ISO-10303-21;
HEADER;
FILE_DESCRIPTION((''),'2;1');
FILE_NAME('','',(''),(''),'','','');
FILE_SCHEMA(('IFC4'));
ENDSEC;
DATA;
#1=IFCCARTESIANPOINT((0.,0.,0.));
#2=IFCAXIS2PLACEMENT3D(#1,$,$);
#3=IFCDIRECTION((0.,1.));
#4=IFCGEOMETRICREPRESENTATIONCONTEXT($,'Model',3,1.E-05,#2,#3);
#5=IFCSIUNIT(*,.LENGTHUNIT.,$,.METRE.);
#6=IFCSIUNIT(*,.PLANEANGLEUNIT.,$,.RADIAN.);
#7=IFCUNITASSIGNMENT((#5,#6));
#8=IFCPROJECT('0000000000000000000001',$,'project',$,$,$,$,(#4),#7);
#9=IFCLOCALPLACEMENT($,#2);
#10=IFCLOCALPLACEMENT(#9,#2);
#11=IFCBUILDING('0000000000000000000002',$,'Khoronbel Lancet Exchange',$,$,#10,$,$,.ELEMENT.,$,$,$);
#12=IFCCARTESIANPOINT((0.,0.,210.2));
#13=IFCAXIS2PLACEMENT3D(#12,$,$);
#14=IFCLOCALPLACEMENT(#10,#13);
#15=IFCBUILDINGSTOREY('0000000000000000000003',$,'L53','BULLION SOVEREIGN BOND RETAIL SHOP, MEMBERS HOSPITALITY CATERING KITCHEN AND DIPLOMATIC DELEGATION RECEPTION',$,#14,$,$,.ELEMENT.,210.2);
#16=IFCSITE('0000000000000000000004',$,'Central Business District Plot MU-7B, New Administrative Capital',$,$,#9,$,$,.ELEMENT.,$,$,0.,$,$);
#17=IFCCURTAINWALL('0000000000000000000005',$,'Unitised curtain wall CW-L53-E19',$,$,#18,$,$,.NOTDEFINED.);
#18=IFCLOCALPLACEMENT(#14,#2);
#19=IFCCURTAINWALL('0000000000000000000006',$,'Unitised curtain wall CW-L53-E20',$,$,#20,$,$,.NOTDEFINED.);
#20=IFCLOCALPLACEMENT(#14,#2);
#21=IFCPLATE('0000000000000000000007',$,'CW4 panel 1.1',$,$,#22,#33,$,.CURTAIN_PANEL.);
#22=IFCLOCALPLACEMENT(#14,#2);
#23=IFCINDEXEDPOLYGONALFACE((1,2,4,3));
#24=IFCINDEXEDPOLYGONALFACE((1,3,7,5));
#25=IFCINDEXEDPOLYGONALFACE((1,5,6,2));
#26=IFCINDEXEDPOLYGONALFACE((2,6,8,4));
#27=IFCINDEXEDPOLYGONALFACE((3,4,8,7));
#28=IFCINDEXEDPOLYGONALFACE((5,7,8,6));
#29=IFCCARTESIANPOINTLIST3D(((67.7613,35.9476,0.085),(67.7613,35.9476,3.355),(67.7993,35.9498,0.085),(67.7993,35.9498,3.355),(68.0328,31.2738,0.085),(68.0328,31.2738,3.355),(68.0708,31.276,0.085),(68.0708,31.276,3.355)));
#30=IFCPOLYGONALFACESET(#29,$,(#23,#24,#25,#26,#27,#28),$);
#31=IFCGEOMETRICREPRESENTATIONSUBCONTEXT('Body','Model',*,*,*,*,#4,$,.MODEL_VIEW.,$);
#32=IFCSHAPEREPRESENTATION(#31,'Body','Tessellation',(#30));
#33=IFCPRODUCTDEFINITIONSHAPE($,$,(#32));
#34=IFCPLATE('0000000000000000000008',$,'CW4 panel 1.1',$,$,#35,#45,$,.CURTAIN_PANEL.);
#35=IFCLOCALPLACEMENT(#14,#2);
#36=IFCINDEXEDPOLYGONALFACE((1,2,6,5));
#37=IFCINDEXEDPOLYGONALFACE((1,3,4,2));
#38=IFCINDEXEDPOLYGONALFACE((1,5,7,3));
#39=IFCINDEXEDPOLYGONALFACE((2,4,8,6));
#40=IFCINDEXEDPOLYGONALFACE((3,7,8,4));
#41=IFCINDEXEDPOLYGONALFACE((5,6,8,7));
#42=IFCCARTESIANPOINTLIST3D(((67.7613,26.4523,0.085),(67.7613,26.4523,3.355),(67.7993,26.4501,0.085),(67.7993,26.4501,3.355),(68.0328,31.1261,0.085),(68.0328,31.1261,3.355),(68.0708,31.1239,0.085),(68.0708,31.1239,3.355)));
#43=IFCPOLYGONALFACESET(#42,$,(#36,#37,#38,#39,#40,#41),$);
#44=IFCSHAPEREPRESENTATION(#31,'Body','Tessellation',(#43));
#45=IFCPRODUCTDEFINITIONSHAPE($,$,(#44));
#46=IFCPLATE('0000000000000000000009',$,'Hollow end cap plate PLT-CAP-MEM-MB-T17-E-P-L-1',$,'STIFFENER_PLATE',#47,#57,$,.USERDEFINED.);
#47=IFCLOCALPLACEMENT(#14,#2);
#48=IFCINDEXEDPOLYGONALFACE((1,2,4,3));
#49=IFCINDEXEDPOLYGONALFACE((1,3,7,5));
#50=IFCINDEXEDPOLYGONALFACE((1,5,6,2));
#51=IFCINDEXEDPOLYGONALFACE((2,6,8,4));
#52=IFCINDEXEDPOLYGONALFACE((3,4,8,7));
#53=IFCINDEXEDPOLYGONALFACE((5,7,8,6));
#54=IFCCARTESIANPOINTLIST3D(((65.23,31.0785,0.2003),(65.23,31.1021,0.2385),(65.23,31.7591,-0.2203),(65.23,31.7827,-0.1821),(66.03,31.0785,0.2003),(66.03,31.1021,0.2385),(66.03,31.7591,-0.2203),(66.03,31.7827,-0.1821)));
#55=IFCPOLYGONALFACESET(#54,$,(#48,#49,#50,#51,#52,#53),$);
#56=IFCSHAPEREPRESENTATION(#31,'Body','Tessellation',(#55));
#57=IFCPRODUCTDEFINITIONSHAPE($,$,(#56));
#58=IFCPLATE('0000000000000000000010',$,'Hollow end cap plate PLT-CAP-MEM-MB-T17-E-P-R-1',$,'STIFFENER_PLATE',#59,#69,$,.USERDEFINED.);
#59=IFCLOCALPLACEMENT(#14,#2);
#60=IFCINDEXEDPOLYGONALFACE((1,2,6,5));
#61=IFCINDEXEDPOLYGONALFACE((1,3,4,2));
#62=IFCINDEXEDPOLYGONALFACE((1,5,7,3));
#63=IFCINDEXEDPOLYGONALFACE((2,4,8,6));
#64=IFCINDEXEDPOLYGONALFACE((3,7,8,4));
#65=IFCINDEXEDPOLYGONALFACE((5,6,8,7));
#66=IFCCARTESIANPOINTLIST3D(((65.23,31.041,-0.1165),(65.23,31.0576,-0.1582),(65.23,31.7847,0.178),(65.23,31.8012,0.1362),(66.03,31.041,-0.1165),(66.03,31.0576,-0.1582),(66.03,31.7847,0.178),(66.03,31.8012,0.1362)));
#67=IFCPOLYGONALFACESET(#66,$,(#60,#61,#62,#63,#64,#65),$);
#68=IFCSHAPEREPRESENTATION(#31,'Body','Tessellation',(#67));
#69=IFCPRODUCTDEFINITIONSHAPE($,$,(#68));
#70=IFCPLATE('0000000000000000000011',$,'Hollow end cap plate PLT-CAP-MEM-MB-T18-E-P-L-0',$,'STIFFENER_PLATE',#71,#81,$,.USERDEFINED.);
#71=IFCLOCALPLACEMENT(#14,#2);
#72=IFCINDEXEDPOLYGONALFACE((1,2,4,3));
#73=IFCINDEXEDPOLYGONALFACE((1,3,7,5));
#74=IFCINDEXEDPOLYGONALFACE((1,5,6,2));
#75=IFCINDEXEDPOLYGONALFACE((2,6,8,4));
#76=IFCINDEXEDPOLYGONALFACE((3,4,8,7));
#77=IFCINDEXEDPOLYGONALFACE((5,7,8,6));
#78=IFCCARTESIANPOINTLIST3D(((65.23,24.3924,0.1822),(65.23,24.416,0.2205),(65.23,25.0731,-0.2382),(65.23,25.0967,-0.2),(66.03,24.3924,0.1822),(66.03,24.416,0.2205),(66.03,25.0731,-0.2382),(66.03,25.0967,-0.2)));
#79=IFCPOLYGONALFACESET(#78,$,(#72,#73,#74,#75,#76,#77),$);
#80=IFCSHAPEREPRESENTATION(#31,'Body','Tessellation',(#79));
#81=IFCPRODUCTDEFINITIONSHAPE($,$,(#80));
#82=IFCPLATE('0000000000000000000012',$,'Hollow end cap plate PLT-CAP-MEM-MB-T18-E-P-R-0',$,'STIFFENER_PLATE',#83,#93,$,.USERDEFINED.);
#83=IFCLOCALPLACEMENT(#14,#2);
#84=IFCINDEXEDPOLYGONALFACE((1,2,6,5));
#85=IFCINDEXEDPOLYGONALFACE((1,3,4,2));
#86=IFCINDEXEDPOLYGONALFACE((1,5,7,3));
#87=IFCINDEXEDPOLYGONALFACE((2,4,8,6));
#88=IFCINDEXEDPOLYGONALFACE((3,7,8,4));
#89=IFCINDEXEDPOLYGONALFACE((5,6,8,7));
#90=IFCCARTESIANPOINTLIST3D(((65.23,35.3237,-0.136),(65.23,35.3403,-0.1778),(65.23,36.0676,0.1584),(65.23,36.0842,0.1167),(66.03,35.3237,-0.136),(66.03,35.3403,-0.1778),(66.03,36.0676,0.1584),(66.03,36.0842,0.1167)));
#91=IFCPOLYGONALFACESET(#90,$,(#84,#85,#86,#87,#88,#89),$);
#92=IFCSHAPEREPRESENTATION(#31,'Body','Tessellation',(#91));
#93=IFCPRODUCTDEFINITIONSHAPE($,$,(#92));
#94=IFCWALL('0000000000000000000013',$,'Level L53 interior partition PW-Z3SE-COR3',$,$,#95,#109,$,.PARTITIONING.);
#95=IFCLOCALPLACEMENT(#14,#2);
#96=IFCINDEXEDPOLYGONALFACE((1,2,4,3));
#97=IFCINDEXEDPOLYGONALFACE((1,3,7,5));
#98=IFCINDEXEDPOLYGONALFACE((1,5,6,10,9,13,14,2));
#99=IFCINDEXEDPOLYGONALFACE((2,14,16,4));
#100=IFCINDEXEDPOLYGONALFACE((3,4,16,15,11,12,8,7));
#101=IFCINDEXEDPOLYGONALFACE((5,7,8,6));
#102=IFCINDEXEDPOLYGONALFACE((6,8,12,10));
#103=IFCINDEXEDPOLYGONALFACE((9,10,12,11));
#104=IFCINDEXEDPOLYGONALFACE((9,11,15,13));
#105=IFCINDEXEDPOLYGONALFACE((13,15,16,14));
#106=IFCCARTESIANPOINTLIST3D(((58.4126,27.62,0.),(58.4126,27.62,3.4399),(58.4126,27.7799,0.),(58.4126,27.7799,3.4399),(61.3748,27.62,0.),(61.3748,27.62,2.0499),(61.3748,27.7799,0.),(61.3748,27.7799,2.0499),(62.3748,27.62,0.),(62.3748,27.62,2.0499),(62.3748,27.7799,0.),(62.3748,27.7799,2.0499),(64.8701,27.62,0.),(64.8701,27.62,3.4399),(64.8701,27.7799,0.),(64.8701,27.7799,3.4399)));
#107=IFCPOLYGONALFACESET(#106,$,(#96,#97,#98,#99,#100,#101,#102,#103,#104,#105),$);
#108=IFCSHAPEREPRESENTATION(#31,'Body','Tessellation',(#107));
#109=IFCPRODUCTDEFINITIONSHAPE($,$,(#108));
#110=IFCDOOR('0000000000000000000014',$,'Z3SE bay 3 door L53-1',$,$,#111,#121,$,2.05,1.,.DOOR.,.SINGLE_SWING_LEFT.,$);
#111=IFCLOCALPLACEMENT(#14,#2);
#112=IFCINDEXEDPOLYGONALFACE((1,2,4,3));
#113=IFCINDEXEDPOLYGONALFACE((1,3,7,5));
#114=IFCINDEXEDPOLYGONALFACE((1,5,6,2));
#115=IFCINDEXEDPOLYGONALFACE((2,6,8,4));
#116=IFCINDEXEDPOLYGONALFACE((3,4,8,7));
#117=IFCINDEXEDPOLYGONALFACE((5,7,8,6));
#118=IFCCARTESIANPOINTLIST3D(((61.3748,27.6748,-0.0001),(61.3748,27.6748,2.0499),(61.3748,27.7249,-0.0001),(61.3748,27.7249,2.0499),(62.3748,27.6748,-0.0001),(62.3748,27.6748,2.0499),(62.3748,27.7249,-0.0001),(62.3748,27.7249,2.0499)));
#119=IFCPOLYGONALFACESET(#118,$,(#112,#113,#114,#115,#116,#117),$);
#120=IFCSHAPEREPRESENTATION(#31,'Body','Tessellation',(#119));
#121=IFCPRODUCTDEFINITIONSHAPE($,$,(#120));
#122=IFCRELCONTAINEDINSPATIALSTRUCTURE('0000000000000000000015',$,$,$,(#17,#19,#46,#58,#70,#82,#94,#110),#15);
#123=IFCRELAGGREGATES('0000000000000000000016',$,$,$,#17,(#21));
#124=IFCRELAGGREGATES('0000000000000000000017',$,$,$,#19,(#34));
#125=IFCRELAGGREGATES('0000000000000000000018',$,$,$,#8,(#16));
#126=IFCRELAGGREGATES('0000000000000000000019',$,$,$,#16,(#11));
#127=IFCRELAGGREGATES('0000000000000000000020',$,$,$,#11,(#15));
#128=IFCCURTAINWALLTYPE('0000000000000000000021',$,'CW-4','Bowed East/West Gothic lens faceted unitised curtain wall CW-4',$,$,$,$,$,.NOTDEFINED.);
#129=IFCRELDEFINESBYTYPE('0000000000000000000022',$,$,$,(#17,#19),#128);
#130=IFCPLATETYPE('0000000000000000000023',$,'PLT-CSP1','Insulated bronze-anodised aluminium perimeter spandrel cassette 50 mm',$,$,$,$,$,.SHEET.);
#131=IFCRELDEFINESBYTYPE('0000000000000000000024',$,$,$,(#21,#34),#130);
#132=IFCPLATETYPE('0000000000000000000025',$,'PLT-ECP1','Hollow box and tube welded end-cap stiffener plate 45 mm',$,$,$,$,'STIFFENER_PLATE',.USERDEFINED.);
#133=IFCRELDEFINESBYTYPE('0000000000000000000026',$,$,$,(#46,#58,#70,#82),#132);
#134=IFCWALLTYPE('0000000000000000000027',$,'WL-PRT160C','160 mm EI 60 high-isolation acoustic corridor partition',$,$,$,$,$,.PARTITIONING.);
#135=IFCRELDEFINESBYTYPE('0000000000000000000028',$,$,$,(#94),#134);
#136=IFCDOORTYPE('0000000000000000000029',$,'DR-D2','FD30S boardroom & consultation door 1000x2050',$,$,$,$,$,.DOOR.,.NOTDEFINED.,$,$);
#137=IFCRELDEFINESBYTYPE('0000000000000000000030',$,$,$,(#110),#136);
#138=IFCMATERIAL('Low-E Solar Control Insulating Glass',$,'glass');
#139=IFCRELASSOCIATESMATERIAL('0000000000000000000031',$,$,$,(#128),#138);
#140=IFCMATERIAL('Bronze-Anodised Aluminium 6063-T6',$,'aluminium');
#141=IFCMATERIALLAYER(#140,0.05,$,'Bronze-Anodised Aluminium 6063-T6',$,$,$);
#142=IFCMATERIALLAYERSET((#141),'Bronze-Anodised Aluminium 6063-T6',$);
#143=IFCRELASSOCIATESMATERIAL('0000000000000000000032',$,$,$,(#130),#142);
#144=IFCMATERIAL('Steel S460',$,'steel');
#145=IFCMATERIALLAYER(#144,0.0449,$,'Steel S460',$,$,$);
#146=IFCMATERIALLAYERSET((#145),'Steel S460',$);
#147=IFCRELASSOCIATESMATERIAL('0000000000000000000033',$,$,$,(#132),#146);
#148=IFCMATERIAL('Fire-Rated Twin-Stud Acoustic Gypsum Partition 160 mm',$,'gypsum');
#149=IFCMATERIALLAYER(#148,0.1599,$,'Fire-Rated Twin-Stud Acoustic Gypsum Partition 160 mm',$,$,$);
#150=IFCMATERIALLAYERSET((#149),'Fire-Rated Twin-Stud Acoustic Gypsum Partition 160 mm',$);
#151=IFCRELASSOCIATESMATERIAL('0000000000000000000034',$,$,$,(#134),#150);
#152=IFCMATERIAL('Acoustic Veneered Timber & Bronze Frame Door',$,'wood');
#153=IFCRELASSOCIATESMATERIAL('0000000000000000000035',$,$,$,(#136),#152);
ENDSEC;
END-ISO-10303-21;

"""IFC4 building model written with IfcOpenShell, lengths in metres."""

from ifc_helpers import new_model, si_unit, direction, frame, frame_2d, origin, origin_2d, place, context, subcontext, project, spatial, polyline, rectangle, outline, extrude, material, layer, layer_set, type_object, element, fill, aggregate, save


model = new_model("IFC4")

# Units and contexts
model_context = context("Model", 3, precision=1e-05, world=origin(), true_north=direction((0.0, 1.0)))
body_context = subcontext(model_context, "Body", "Model", "MODEL_VIEW")
ifc_project = project(units=[si_unit("LENGTHUNIT", "METRE"), si_unit("PLANEANGLEUNIT", "RADIAN")], contexts=[model_context])

# Site, building, storey
site_placement = place(None, origin())
site = spatial("IfcSite", under=ifc_project, at=site_placement, Name="Central Business District Plot MU-7B, New Administrative Capital", CompositionType="ELEMENT", RefElevation=0.0)
building_placement = place(site_placement, origin())
building = spatial("IfcBuilding", under=site, at=building_placement, Name="Khoronbel Lancet Exchange", CompositionType="ELEMENT")
storey_placement = place(building_placement, frame((0.0, 0.0, 210.2)))
storey = spatial("IfcBuildingStorey", under=building, at=storey_placement, Name="L53", Description="BULLION SOVEREIGN BOND RETAIL SHOP, MEMBERS HOSPITALITY CATERING KITCHEN AND DIPLOMATIC DELEGATION RECEPTION", CompositionType="ELEMENT", Elevation=210.2)

# Curtain wall
ifc_material_1 = material(Name="Low-E Solar Control Insulating Glass", Category="glass")
curtain_wall_type = type_object("IfcCurtainWallType", Name="CW-4", Description="Bowed East/West Gothic lens faceted unitised curtain wall CW-4", PredefinedType="NOTDEFINED", material=ifc_material_1)
curtain_wall_1_placement = place(storey_placement, origin())
curtain_wall_1 = element("IfcCurtainWall", 1, at=curtain_wall_1_placement, inside=storey, type_object=curtain_wall_type, Name="Unitised curtain wall CW-L53-E19", PredefinedType="NOTDEFINED")
ifc_material_2 = material(Name="Bronze-Anodised Aluminium 6063-T6", Category="aluminium")

# Curtain wall
curtain_wall_2_placement = place(storey_placement, origin())
curtain_wall_2 = element("IfcCurtainWall", 2, at=curtain_wall_2_placement, inside=storey, type_object=curtain_wall_type, Name="Unitised curtain wall CW-L53-E20", PredefinedType="NOTDEFINED")

# Shared definitions
ifc_material_3 = material(Name="Steel S460", Category="steel")

# Plates
ifc_layer_1 = layer(ifc_material_2, 0.05, Name="Bronze-Anodised Aluminium 6063-T6")
ifc_layer_set_1 = layer_set([ifc_layer_1], Name="Bronze-Anodised Aluminium 6063-T6")
plate_type_1 = type_object("IfcPlateType", Name="PLT-CSP1", Description="Insulated bronze-anodised aluminium perimeter spandrel cassette 50 mm", PredefinedType="SHEET", material=ifc_layer_set_1)
plate_1_placement = place(storey_placement, frame((67.916, 33.6118, 0.085), z_axis=(0.0, 0.0, 1.0), x_axis=(0.057992, -0.998317, 0.0)))
plate_1 = element("IfcPlate", 3, at=plate_1_placement, type_object=plate_type_1, Name="CW4 panel 1.1", PredefinedType="CURTAIN_PANEL", context=body_context, shape_type="SweptSolid", body=[
    extrude(rectangle(XDim=4.6816, YDim=0.0381, at=origin_2d()), origin(), (0.0, 0.0, 1.0), 3.27),
])
aggregate(curtain_wall_1, [plate_1])
plate_2_placement = place(storey_placement, frame((67.916, 28.7881, 0.085), z_axis=(0.0, 0.0, 1.0), x_axis=(-0.057992, -0.998317, 0.0)))
plate_2 = element("IfcPlate", 4, at=plate_2_placement, type_object=plate_type_1, Name="CW4 panel 1.1", PredefinedType="CURTAIN_PANEL", context=body_context, shape_type="SweptSolid", body=[
    extrude(rectangle(XDim=4.6816, YDim=0.0381, at=origin_2d()), origin(), (0.0, 0.0, 1.0), 3.27),
])
aggregate(curtain_wall_2, [plate_2])

# Plates
ifc_layer_2 = layer(ifc_material_3, 0.0449, Name="Steel S460")
ifc_layer_set_2 = layer_set([ifc_layer_2], Name="Steel S460")
plate_type_2 = type_object("IfcPlateType", Name="PLT-ECP1", Description="Hollow box and tube welded end-cap stiffener plate 45 mm", ElementType="STIFFENER_PLATE", PredefinedType="USERDEFINED", material=ifc_layer_set_2)
plate_3_placement = place(storey_placement, frame((66.03, 31.7827, -0.1821), z_axis=(0.0, 0.525714, 0.850662), x_axis=(-1.0, 0.0, 0.0)))
element("IfcPlate", 5, at=plate_3_placement, inside=storey, type_object=plate_type_2, Name="Hollow end cap plate PLT-CAP-MEM-MB-T17-E-P-L-1", ObjectType="STIFFENER_PLATE", PredefinedType="USERDEFINED", context=body_context, shape_type="SweptSolid", body=[
    extrude(outline(polyline([(0.0, 0.0), (0.8, 0.0), (0.8, 0.8), (0.0, 0.8), (0.0, 0.0)])), origin(), (0.0, 0.0, -1.0), 0.0449),
])
plate_4_placement = place(storey_placement, frame((65.23, 31.041, -0.1165), z_axis=(0.0, -0.368125, 0.929776), x_axis=(1.0, 0.0, 0.0)))
element("IfcPlate", 6, at=plate_4_placement, inside=storey, type_object=plate_type_2, Name="Hollow end cap plate PLT-CAP-MEM-MB-T17-E-P-R-1", ObjectType="STIFFENER_PLATE", PredefinedType="USERDEFINED", context=body_context, shape_type="SweptSolid", body=[
    extrude(outline(polyline([(0.0, 0.0), (0.8, 0.0), (0.8, 0.7998), (0.0, 0.7998), (0.0, 0.0)])), origin(), (0.0, 0.0, -1.0), 0.0449),
])
for number, where, z_axis, x_axis, name in (
    (7, (66.03, 25.0967, -0.2), (0.0, 0.525493, 0.850798), (-1.0, 0.0, 0.0), "Hollow end cap plate PLT-CAP-MEM-MB-T18-E-P-L-0"),
    (8, (65.23, 35.3237, -0.136), (0.0, -0.368021, 0.929817), (1.0, 0.0, 0.0), "Hollow end cap plate PLT-CAP-MEM-MB-T18-E-P-R-0"),
):
    element("IfcPlate", number, at=place(storey_placement, frame(where, z_axis=z_axis, x_axis=x_axis)), inside=storey, type_object=plate_type_2, Name=name, ObjectType="STIFFENER_PLATE", PredefinedType="USERDEFINED", context=body_context, shape_type="SweptSolid", body=[
        extrude(outline(polyline([(0.0, 0.0), (0.8, 0.0), (0.8, 0.8), (0.0, 0.8), (0.0, 0.0)])), origin(), (0.0, 0.0, -1.0), 0.0449),
    ])

# Wall, opening, door
ifc_material_4 = material(Name="Fire-Rated Twin-Stud Acoustic Gypsum Partition 160 mm", Category="gypsum")
ifc_layer_3 = layer(ifc_material_4, 0.1599, Name="Fire-Rated Twin-Stud Acoustic Gypsum Partition 160 mm")
ifc_layer_set_3 = layer_set([ifc_layer_3], Name="Fire-Rated Twin-Stud Acoustic Gypsum Partition 160 mm")
wall_type = type_object("IfcWallType", Name="WL-PRT160C", Description="160 mm EI 60 high-isolation acoustic corridor partition", PredefinedType="PARTITIONING", material=ifc_layer_set_3)
wall_placement = place(storey_placement, frame((58.4126, 27.7, 0.0), z_axis=(0.0, 0.0, 1.0), x_axis=(1.0, 0.0, 0.0)))
wall = element("IfcWall", 9, at=wall_placement, inside=storey, type_object=wall_type, Name="Level L53 interior partition PW-Z3SE-COR3", PredefinedType="PARTITIONING", context=body_context, shape_type="SweptSolid", body=[
    extrude(rectangle(XDim=6.4575, YDim=0.1599, at=frame_2d((3.2288, 0.0))), origin(), (0.0, 0.0, 1.0), 3.4399),
])
opening_placement = place(wall_placement, frame((2.9622, 0.0, 0.0)))
opening = element("IfcOpeningElement", 10, at=opening_placement, cuts=wall, PredefinedType="OPENING", context=body_context, shape_type="SweptSolid", body=[
    extrude(rectangle(XDim=1.0, YDim=2.05, at=frame_2d((0.5, 1.0249))), frame((0.0, 0.0898, 0.0), z_axis=(0.0, -1.0, 0.0), x_axis=(1.0, 0.0, 0.0)), (0.0, 0.0, 1.0), 0.1799),
])
ifc_material_5 = material(Name="Acoustic Veneered Timber & Bronze Frame Door", Category="wood")
door_type = type_object("IfcDoorType", Name="DR-D2", Description="FD30S boardroom & consultation door 1000x2050", OperationType="NOTDEFINED", PredefinedType="DOOR", material=ifc_material_5)
door_placement = place(opening_placement, origin())
door = element("IfcDoor", 11, at=door_placement, inside=storey, type_object=door_type, Name="Z3SE bay 3 door L53-1", OperationType="SINGLE_SWING_LEFT", OverallHeight=2.05, OverallWidth=1.0, PredefinedType="DOOR", context=body_context, shape_type="SweptSolid", body=[
    extrude(rectangle(XDim=1.0, YDim=2.05, at=frame_2d((0.5, 1.0249))), frame((0.0, 0.0249, 0.0), z_axis=(0.0, -1.0, 0.0), x_axis=(1.0, 0.0, 0.0)), (0.0, 0.0, 1.0), 0.05),
])
fill(opening, door)

save(model, "model.ifc")
